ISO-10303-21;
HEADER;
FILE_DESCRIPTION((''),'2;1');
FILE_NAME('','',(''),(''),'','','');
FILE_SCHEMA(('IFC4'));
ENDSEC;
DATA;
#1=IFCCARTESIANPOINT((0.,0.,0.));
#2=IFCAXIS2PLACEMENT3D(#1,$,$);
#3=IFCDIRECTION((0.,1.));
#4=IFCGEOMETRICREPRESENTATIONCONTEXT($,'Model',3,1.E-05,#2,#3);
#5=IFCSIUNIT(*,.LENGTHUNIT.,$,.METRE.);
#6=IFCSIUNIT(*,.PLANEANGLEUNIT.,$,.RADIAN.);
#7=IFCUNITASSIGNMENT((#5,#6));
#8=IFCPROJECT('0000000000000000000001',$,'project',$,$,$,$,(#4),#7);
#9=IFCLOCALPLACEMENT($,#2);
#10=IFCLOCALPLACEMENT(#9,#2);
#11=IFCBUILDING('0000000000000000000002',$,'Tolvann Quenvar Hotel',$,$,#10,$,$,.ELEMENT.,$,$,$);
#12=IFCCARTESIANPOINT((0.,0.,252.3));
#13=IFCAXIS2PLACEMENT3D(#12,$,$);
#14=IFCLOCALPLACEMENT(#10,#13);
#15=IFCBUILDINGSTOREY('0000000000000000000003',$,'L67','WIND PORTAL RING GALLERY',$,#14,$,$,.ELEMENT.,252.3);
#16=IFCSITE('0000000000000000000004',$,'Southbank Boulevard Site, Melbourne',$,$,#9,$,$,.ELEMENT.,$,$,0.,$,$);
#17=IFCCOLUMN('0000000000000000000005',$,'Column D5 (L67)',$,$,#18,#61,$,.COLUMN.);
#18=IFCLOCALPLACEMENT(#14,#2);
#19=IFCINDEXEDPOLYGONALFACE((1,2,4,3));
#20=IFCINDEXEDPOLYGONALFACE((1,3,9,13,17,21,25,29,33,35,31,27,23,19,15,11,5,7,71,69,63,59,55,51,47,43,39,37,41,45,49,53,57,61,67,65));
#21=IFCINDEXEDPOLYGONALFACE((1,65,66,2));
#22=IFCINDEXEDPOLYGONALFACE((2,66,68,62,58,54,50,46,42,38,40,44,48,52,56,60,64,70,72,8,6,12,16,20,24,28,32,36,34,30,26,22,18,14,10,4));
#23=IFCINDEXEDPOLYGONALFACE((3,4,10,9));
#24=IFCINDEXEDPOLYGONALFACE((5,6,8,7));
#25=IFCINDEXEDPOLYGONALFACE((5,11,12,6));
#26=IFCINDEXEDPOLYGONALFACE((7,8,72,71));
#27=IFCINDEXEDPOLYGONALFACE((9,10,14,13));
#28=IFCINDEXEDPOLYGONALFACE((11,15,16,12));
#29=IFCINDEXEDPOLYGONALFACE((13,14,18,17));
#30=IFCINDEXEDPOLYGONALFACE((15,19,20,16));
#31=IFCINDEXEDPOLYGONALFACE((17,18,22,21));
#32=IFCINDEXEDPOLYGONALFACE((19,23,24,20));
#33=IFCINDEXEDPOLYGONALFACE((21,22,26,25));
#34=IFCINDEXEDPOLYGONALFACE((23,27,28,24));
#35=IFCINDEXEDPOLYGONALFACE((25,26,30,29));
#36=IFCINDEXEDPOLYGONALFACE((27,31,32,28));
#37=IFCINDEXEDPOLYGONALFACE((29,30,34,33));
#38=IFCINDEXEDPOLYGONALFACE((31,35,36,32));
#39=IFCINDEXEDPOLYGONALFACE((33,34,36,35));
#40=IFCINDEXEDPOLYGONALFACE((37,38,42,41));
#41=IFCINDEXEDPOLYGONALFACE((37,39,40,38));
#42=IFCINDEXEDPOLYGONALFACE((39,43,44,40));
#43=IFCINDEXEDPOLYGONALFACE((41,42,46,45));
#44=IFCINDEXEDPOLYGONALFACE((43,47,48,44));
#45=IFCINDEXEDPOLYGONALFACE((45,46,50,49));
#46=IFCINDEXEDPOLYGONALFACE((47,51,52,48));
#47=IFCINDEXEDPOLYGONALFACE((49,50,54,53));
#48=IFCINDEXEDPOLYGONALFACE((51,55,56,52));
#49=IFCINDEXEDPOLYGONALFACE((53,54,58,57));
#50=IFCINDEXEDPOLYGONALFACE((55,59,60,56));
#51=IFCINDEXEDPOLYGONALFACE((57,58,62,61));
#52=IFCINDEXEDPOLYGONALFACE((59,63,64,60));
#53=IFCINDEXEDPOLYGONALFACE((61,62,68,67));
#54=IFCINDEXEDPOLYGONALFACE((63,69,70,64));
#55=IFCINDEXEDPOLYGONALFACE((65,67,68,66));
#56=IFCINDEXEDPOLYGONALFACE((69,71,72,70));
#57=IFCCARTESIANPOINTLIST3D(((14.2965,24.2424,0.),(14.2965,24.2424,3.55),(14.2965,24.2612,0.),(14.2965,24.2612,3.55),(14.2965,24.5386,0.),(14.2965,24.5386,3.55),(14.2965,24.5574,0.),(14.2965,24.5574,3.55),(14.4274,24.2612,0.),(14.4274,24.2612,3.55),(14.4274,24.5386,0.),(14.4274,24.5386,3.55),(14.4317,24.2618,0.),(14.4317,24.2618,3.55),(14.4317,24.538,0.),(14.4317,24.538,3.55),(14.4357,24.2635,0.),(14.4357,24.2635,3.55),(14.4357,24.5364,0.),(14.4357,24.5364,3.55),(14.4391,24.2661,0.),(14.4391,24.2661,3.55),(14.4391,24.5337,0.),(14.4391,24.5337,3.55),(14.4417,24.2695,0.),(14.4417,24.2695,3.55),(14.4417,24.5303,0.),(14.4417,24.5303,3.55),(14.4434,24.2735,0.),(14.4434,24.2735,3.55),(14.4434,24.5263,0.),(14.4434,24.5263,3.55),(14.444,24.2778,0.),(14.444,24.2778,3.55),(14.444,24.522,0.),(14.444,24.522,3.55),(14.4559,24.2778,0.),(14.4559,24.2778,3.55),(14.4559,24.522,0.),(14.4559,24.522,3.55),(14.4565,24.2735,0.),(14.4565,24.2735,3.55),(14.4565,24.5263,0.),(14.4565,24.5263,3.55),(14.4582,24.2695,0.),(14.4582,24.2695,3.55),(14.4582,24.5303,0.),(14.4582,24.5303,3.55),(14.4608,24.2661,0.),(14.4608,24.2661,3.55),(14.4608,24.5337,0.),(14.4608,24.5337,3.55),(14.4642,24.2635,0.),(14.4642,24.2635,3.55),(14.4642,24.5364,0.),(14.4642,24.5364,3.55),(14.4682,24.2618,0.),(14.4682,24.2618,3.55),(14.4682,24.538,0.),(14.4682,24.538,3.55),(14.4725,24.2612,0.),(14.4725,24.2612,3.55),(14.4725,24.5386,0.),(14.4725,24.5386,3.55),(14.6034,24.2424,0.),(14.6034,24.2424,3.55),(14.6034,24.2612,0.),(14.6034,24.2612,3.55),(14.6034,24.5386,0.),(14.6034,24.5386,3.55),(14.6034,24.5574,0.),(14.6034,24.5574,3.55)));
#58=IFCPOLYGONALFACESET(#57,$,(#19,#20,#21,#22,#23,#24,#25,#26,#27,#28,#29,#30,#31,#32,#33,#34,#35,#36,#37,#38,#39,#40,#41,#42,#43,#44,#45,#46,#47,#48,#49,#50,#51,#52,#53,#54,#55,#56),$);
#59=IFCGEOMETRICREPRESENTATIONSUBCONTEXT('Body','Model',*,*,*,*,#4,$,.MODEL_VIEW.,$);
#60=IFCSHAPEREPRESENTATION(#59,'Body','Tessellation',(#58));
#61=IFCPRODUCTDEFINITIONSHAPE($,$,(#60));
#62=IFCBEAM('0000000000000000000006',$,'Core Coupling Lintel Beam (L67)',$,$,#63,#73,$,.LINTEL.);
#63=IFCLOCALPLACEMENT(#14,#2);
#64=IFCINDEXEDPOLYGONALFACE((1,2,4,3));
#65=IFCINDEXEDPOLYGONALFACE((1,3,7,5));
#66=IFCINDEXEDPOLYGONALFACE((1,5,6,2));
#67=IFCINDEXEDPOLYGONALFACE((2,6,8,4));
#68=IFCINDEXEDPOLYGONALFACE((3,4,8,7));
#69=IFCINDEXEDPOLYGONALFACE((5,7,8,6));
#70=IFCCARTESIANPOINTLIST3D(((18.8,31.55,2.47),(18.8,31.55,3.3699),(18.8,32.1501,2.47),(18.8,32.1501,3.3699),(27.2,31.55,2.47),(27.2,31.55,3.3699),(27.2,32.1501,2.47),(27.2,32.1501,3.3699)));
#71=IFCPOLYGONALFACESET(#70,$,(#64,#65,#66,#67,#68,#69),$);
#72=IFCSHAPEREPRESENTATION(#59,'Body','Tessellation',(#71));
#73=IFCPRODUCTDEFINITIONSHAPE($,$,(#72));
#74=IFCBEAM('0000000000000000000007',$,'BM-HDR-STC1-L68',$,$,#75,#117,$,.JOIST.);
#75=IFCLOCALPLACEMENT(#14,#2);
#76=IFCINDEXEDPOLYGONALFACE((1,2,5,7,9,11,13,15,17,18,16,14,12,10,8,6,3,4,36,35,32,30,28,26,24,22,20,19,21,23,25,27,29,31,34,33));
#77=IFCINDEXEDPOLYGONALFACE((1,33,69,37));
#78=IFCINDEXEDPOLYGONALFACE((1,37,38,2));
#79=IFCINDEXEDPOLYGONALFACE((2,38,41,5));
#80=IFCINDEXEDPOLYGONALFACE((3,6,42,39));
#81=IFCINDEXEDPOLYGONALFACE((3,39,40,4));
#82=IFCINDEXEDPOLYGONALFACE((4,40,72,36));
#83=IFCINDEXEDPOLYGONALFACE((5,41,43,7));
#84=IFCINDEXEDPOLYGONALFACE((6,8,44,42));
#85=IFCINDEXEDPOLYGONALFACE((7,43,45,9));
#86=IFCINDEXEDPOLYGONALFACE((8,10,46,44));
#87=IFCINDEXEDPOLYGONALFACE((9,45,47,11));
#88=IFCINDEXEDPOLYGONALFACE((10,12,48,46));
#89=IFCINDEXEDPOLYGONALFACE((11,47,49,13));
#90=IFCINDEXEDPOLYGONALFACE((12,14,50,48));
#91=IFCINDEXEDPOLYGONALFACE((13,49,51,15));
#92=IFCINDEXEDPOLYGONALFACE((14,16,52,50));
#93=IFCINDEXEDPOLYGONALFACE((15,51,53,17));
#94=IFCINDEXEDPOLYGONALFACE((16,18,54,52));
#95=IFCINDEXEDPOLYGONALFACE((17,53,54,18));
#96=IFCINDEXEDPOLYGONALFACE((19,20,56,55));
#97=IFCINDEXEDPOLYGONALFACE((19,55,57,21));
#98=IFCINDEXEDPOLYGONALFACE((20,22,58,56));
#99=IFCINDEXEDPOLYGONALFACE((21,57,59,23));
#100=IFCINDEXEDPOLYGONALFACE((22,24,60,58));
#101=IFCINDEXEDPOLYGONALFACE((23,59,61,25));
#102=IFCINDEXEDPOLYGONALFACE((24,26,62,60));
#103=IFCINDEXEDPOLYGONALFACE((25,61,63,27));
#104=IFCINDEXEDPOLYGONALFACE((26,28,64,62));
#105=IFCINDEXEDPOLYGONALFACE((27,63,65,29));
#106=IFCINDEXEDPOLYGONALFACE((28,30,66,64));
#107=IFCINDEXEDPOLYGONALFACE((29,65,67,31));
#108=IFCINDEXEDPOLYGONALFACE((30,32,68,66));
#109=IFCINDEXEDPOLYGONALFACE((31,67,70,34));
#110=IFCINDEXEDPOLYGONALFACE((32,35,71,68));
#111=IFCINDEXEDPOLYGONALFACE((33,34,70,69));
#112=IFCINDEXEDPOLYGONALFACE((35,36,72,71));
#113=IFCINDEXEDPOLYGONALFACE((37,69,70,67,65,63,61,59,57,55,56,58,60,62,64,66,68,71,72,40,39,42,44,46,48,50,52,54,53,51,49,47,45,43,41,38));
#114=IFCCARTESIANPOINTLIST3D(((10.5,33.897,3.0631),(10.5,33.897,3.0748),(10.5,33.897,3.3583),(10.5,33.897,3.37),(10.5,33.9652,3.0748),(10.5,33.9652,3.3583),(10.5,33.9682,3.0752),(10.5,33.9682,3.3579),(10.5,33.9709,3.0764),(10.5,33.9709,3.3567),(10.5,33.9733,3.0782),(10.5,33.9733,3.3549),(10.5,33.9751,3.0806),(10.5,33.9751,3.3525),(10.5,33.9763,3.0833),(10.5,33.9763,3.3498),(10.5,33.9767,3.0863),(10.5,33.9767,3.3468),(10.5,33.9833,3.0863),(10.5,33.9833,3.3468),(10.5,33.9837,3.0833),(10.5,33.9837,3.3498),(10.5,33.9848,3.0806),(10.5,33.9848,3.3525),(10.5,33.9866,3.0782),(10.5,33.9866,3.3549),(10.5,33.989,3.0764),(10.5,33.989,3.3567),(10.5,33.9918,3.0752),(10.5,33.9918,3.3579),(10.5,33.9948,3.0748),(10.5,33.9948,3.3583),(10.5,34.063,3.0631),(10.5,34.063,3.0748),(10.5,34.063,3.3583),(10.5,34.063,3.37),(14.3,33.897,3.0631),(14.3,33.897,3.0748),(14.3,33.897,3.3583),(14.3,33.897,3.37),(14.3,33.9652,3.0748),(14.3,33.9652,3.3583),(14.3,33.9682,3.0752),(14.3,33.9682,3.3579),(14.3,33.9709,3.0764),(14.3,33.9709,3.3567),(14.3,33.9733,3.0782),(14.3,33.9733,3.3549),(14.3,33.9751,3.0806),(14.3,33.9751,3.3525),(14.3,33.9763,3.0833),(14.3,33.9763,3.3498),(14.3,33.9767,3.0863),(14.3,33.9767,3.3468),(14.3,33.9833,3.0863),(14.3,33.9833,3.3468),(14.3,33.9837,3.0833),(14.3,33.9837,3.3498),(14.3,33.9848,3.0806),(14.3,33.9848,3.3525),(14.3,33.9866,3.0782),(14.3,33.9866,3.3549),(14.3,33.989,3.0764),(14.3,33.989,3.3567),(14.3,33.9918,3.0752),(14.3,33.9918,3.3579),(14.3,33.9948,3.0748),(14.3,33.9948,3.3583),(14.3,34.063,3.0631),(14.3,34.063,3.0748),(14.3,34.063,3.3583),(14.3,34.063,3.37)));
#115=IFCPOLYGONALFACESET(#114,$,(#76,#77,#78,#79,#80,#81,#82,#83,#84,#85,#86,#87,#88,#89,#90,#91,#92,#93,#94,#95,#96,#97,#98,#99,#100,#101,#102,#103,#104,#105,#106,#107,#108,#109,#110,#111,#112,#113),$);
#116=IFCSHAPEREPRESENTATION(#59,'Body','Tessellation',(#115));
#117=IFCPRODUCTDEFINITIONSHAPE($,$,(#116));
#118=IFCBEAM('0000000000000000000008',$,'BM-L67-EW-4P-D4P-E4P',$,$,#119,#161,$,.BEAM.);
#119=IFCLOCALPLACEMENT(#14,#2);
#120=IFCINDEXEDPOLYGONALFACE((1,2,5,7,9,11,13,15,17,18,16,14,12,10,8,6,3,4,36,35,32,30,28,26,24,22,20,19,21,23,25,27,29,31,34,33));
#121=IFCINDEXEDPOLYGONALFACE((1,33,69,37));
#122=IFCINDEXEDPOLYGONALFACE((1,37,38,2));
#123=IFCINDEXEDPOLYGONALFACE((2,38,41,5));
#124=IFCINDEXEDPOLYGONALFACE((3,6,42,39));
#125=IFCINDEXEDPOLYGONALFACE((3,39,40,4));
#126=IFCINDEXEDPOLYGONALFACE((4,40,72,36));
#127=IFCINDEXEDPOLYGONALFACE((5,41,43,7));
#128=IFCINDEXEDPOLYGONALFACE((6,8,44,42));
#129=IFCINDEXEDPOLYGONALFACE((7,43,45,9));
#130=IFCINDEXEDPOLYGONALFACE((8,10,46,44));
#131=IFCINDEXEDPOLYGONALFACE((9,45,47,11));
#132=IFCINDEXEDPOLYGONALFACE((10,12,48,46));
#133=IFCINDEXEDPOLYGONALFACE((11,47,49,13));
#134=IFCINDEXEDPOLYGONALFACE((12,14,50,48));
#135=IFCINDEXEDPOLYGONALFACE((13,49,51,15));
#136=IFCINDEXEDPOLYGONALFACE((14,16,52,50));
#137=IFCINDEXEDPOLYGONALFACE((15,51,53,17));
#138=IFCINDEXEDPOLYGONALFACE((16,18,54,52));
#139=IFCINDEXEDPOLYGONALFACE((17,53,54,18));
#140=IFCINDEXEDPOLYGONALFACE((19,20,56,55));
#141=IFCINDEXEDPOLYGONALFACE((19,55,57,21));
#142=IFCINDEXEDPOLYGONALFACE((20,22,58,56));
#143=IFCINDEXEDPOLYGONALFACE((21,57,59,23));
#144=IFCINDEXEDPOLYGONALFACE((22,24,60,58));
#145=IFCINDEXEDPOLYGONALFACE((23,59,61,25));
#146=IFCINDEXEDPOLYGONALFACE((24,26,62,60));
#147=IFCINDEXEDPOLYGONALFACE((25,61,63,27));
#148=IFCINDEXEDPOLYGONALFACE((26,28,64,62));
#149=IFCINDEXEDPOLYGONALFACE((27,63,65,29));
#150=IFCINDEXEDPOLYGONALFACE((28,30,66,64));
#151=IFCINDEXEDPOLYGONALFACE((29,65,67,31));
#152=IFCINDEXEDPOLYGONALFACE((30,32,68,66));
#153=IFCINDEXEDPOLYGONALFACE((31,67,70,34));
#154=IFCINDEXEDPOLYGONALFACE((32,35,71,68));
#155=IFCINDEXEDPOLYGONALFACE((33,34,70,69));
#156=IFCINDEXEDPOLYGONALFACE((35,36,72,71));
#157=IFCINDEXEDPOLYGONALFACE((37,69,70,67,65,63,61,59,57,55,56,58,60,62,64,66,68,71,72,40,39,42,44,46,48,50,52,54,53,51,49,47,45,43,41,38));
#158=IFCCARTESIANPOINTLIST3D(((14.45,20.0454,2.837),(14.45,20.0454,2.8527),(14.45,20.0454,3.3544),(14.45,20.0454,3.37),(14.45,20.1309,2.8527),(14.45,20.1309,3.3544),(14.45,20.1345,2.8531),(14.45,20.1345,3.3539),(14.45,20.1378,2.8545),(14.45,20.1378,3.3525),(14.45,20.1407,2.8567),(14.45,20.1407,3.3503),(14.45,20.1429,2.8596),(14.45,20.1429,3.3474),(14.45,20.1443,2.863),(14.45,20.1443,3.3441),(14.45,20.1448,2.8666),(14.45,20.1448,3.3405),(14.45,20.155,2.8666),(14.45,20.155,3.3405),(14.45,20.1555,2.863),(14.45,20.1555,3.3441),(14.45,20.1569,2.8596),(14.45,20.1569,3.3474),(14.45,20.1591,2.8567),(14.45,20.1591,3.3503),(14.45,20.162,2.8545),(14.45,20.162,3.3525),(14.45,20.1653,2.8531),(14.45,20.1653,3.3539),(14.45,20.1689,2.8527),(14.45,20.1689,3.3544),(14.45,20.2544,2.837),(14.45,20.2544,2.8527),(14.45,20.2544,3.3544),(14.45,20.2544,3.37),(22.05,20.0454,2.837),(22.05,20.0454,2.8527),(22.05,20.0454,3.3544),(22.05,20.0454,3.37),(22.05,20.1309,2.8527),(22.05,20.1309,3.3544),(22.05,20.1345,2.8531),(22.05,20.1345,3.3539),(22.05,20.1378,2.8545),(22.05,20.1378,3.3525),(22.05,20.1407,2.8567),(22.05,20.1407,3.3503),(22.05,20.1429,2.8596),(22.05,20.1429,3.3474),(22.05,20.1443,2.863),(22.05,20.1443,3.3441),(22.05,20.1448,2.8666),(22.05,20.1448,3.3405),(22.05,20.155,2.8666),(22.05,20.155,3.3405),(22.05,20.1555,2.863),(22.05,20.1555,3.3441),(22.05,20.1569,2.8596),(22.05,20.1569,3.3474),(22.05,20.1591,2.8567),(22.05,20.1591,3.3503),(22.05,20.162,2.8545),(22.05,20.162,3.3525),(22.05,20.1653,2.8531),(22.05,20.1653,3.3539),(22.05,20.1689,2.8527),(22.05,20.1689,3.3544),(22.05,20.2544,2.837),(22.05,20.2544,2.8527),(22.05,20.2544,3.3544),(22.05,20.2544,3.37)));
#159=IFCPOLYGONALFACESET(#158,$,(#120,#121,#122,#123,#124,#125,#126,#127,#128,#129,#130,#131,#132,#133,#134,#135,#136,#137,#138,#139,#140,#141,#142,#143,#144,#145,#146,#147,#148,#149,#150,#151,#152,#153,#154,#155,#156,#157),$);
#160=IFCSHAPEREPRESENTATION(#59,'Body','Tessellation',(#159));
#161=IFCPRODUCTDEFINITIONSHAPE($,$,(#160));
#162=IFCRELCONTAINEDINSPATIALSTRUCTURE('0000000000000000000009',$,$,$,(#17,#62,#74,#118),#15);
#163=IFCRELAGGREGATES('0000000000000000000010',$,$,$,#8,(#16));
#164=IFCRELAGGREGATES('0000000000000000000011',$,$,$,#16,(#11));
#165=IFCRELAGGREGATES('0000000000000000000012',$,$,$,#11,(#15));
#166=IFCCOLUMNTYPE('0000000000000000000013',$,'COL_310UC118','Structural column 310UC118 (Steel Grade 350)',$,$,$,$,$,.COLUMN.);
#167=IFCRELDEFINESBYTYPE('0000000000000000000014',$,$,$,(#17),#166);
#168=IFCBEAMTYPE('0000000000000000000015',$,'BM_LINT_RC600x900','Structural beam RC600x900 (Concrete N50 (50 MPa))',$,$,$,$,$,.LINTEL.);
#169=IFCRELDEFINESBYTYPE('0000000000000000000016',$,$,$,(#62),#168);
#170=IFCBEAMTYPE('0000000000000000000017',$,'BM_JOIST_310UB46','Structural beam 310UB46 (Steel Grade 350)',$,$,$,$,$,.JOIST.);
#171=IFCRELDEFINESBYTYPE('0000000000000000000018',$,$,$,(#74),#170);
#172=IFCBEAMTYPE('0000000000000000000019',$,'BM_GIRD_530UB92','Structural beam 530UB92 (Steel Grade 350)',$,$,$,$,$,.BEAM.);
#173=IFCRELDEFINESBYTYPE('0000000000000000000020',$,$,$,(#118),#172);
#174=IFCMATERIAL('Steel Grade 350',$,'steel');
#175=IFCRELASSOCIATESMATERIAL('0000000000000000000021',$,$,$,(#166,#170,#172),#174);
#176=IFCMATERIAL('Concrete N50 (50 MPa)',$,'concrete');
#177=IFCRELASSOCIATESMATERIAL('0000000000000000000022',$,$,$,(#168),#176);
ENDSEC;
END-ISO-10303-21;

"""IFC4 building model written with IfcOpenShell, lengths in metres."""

from ifc_helpers import new_model, si_unit, direction, frame, origin, origin_2d, place, context, subcontext, project, spatial, rectangle, i_section, extrude, source, transform, mapped, material, material_profile, profile_set, type_object, type_shapes, element, save


model = new_model("IFC4")

# Units and contexts
model_context = context("Model", 3, precision=1e-05, world=origin(), true_north=direction((0.0, 1.0)))
body_context = subcontext(model_context, "Body", "Model", "MODEL_VIEW")
ifc_project = project(units=[si_unit("LENGTHUNIT", "METRE"), si_unit("PLANEANGLEUNIT", "RADIAN")], contexts=[model_context])

# Site, building, storey
site_placement = place(None, origin())
site = spatial("IfcSite", under=ifc_project, at=site_placement, Name="Southbank Boulevard Site, Melbourne", CompositionType="ELEMENT", RefElevation=0.0)
building_placement = place(site_placement, origin())
building = spatial("IfcBuilding", under=site, at=building_placement, Name="Tolvann Quenvar Hotel", CompositionType="ELEMENT")
storey_placement = place(building_placement, frame((0.0, 0.0, 252.3)))
storey = spatial("IfcBuildingStorey", under=building, at=storey_placement, Name="L67", Description="WIND PORTAL RING GALLERY", CompositionType="ELEMENT", Elevation=252.3)

# Column
ifc_material_1 = material(Name="Steel Grade 350", Category="steel")
ifc_material_profile_1 = material_profile(ifc_material_1, i_section(OverallWidth=0.3069, OverallDepth=0.3149, WebThickness=0.012, FlangeThickness=0.0188, FilletRadius=0.0166, at=origin_2d()), Name="310UC118")
ifc_profile_set_1 = profile_set([ifc_material_profile_1], Name="Steel Grade 350")
column_type = type_object("IfcColumnType", Name="COL_310UC118", Description="Structural column 310UC118 (Steel Grade 350)", PredefinedType="COLUMN", material=ifc_profile_set_1)
shared_shape_1 = source(origin(), body_context, "Body", "SweptSolid", [
    extrude(i_section(OverallWidth=0.3069, OverallDepth=0.3149, WebThickness=0.012, FlangeThickness=0.0188, FilletRadius=0.0166, at=origin_2d()), origin(), (0.0, 0.0, 1.0), 3.55),
])
type_shapes(column_type, [shared_shape_1])
column_placement = place(storey_placement, frame((14.45, 24.3999, 0.0), z_axis=(0.0, 0.0, 1.0), x_axis=(1.0, 0.0, 0.0)))
element("IfcColumn", 1, at=column_placement, inside=storey, type_object=column_type, Name="Column D5 (L67)", PredefinedType="COLUMN", context=body_context, shape_type="MappedRepresentation", body=[
    mapped(shared_shape_1, transform((0.0, 0.0, 0.0), x_axis=(1.0, 0.0, 0.0), y_axis=(0.0, 1.0, 0.0), z_axis=(0.0, 0.0, 1.0), scale=1.0)),
])

# Beams
ifc_material_2 = material(Name="Concrete N50 (50 MPa)", Category="concrete")
ifc_material_profile_2 = material_profile(ifc_material_2, rectangle(XDim=0.6001, YDim=0.8999, at=origin_2d()), Name="RC600x900")
ifc_profile_set_2 = profile_set([ifc_material_profile_2], Name="Concrete N50 (50 MPa)")
beam_type_1 = type_object("IfcBeamType", Name="BM_LINT_RC600x900", Description="Structural beam RC600x900 (Concrete N50 (50 MPa))", PredefinedType="LINTEL", material=ifc_profile_set_2)
shared_shape_2 = source(origin(), body_context, "Body", "SweptSolid", [
    extrude(rectangle(XDim=0.6001, YDim=0.8999, at=origin_2d()), origin(), (0.0, 0.0, 1.0), 8.3999),
])
type_shapes(beam_type_1, [shared_shape_2])
beam_1_placement = place(storey_placement, frame((18.8, 31.8501, 2.9199), z_axis=(1.0, 0.0, 0.0), x_axis=(0.0, 1.0, 0.0)))
element("IfcBeam", 2, at=beam_1_placement, inside=storey, type_object=beam_type_1, Name="Core Coupling Lintel Beam (L67)", PredefinedType="LINTEL", context=body_context, shape_type="MappedRepresentation", body=[
    mapped(shared_shape_2, transform((0.0, 0.0, 0.0), x_axis=(1.0, 0.0, 0.0), y_axis=(0.0, 1.0, 0.0), z_axis=(0.0, 0.0, 1.0), scale=1.0)),
])
ifc_material_profile_3 = material_profile(ifc_material_1, i_section(OverallWidth=0.166, OverallDepth=0.3069, WebThickness=0.0066, FlangeThickness=0.0117, FilletRadius=0.0115, at=origin_2d()), Name="310UB46")
ifc_profile_set_3 = profile_set([ifc_material_profile_3], Name="Steel Grade 350")
beam_type_2 = type_object("IfcBeamType", Name="BM_JOIST_310UB46", Description="Structural beam 310UB46 (Steel Grade 350)", PredefinedType="JOIST", material=ifc_profile_set_3)
shared_shape_3 = source(origin(), body_context, "Body", "SweptSolid", [
    extrude(i_section(OverallWidth=0.166, OverallDepth=0.3069, WebThickness=0.0066, FlangeThickness=0.0117, FilletRadius=0.0115, at=origin_2d()), origin(), (0.0, 0.0, 1.0), 3.8),
])
beam_2_placement = place(storey_placement, frame((10.5, 33.98, 3.2166), z_axis=(1.0, 0.0, 0.0), x_axis=(0.0, 1.0, 0.0)))
element("IfcBeam", 3, at=beam_2_placement, inside=storey, type_object=beam_type_2, Name="BM-HDR-STC1-L68", PredefinedType="JOIST", context=body_context, shape_type="MappedRepresentation", body=[
    mapped(shared_shape_3, transform((0.0, 0.0, 0.0), x_axis=(1.0, 0.0, 0.0), y_axis=(0.0, 1.0, 0.0), z_axis=(0.0, 0.0, 1.0), scale=1.0)),
])
ifc_material_profile_4 = material_profile(ifc_material_1, i_section(OverallWidth=0.209, OverallDepth=0.533, WebThickness=0.0103, FlangeThickness=0.0156, FilletRadius=0.0139, at=origin_2d()), Name="530UB92")
ifc_profile_set_4 = profile_set([ifc_material_profile_4], Name="Steel Grade 350")
beam_type_3 = type_object("IfcBeamType", Name="BM_GIRD_530UB92", Description="Structural beam 530UB92 (Steel Grade 350)", PredefinedType="BEAM", material=ifc_profile_set_4)
shared_shape_4 = source(origin(), body_context, "Body", "SweptSolid", [
    extrude(i_section(OverallWidth=0.209, OverallDepth=0.533, WebThickness=0.0103, FlangeThickness=0.0156, FilletRadius=0.0139, at=origin_2d()), origin(), (0.0, 0.0, 1.0), 7.6001),
])
for number, where, z_axis, x_axis, name in (
    (4, (14.45, 20.1499, 3.1035), (1.0, 0.0, 0.0), (0.0, 1.0, 0.0), "BM-L67-EW-4P-D4P-E4P"),
):
    element("IfcBeam", number, at=place(storey_placement, frame(where, z_axis=z_axis, x_axis=x_axis)), inside=storey, type_object=beam_type_3, Name=name, PredefinedType="BEAM", context=body_context, shape_type="MappedRepresentation", body=[
        mapped(shared_shape_4, transform((0.0, 0.0, 0.0), x_axis=(1.0, 0.0, 0.0), y_axis=(0.0, 1.0, 0.0), z_axis=(0.0, 0.0, 1.0), scale=1.0)),
    ])

save(model, "model.ifc")
